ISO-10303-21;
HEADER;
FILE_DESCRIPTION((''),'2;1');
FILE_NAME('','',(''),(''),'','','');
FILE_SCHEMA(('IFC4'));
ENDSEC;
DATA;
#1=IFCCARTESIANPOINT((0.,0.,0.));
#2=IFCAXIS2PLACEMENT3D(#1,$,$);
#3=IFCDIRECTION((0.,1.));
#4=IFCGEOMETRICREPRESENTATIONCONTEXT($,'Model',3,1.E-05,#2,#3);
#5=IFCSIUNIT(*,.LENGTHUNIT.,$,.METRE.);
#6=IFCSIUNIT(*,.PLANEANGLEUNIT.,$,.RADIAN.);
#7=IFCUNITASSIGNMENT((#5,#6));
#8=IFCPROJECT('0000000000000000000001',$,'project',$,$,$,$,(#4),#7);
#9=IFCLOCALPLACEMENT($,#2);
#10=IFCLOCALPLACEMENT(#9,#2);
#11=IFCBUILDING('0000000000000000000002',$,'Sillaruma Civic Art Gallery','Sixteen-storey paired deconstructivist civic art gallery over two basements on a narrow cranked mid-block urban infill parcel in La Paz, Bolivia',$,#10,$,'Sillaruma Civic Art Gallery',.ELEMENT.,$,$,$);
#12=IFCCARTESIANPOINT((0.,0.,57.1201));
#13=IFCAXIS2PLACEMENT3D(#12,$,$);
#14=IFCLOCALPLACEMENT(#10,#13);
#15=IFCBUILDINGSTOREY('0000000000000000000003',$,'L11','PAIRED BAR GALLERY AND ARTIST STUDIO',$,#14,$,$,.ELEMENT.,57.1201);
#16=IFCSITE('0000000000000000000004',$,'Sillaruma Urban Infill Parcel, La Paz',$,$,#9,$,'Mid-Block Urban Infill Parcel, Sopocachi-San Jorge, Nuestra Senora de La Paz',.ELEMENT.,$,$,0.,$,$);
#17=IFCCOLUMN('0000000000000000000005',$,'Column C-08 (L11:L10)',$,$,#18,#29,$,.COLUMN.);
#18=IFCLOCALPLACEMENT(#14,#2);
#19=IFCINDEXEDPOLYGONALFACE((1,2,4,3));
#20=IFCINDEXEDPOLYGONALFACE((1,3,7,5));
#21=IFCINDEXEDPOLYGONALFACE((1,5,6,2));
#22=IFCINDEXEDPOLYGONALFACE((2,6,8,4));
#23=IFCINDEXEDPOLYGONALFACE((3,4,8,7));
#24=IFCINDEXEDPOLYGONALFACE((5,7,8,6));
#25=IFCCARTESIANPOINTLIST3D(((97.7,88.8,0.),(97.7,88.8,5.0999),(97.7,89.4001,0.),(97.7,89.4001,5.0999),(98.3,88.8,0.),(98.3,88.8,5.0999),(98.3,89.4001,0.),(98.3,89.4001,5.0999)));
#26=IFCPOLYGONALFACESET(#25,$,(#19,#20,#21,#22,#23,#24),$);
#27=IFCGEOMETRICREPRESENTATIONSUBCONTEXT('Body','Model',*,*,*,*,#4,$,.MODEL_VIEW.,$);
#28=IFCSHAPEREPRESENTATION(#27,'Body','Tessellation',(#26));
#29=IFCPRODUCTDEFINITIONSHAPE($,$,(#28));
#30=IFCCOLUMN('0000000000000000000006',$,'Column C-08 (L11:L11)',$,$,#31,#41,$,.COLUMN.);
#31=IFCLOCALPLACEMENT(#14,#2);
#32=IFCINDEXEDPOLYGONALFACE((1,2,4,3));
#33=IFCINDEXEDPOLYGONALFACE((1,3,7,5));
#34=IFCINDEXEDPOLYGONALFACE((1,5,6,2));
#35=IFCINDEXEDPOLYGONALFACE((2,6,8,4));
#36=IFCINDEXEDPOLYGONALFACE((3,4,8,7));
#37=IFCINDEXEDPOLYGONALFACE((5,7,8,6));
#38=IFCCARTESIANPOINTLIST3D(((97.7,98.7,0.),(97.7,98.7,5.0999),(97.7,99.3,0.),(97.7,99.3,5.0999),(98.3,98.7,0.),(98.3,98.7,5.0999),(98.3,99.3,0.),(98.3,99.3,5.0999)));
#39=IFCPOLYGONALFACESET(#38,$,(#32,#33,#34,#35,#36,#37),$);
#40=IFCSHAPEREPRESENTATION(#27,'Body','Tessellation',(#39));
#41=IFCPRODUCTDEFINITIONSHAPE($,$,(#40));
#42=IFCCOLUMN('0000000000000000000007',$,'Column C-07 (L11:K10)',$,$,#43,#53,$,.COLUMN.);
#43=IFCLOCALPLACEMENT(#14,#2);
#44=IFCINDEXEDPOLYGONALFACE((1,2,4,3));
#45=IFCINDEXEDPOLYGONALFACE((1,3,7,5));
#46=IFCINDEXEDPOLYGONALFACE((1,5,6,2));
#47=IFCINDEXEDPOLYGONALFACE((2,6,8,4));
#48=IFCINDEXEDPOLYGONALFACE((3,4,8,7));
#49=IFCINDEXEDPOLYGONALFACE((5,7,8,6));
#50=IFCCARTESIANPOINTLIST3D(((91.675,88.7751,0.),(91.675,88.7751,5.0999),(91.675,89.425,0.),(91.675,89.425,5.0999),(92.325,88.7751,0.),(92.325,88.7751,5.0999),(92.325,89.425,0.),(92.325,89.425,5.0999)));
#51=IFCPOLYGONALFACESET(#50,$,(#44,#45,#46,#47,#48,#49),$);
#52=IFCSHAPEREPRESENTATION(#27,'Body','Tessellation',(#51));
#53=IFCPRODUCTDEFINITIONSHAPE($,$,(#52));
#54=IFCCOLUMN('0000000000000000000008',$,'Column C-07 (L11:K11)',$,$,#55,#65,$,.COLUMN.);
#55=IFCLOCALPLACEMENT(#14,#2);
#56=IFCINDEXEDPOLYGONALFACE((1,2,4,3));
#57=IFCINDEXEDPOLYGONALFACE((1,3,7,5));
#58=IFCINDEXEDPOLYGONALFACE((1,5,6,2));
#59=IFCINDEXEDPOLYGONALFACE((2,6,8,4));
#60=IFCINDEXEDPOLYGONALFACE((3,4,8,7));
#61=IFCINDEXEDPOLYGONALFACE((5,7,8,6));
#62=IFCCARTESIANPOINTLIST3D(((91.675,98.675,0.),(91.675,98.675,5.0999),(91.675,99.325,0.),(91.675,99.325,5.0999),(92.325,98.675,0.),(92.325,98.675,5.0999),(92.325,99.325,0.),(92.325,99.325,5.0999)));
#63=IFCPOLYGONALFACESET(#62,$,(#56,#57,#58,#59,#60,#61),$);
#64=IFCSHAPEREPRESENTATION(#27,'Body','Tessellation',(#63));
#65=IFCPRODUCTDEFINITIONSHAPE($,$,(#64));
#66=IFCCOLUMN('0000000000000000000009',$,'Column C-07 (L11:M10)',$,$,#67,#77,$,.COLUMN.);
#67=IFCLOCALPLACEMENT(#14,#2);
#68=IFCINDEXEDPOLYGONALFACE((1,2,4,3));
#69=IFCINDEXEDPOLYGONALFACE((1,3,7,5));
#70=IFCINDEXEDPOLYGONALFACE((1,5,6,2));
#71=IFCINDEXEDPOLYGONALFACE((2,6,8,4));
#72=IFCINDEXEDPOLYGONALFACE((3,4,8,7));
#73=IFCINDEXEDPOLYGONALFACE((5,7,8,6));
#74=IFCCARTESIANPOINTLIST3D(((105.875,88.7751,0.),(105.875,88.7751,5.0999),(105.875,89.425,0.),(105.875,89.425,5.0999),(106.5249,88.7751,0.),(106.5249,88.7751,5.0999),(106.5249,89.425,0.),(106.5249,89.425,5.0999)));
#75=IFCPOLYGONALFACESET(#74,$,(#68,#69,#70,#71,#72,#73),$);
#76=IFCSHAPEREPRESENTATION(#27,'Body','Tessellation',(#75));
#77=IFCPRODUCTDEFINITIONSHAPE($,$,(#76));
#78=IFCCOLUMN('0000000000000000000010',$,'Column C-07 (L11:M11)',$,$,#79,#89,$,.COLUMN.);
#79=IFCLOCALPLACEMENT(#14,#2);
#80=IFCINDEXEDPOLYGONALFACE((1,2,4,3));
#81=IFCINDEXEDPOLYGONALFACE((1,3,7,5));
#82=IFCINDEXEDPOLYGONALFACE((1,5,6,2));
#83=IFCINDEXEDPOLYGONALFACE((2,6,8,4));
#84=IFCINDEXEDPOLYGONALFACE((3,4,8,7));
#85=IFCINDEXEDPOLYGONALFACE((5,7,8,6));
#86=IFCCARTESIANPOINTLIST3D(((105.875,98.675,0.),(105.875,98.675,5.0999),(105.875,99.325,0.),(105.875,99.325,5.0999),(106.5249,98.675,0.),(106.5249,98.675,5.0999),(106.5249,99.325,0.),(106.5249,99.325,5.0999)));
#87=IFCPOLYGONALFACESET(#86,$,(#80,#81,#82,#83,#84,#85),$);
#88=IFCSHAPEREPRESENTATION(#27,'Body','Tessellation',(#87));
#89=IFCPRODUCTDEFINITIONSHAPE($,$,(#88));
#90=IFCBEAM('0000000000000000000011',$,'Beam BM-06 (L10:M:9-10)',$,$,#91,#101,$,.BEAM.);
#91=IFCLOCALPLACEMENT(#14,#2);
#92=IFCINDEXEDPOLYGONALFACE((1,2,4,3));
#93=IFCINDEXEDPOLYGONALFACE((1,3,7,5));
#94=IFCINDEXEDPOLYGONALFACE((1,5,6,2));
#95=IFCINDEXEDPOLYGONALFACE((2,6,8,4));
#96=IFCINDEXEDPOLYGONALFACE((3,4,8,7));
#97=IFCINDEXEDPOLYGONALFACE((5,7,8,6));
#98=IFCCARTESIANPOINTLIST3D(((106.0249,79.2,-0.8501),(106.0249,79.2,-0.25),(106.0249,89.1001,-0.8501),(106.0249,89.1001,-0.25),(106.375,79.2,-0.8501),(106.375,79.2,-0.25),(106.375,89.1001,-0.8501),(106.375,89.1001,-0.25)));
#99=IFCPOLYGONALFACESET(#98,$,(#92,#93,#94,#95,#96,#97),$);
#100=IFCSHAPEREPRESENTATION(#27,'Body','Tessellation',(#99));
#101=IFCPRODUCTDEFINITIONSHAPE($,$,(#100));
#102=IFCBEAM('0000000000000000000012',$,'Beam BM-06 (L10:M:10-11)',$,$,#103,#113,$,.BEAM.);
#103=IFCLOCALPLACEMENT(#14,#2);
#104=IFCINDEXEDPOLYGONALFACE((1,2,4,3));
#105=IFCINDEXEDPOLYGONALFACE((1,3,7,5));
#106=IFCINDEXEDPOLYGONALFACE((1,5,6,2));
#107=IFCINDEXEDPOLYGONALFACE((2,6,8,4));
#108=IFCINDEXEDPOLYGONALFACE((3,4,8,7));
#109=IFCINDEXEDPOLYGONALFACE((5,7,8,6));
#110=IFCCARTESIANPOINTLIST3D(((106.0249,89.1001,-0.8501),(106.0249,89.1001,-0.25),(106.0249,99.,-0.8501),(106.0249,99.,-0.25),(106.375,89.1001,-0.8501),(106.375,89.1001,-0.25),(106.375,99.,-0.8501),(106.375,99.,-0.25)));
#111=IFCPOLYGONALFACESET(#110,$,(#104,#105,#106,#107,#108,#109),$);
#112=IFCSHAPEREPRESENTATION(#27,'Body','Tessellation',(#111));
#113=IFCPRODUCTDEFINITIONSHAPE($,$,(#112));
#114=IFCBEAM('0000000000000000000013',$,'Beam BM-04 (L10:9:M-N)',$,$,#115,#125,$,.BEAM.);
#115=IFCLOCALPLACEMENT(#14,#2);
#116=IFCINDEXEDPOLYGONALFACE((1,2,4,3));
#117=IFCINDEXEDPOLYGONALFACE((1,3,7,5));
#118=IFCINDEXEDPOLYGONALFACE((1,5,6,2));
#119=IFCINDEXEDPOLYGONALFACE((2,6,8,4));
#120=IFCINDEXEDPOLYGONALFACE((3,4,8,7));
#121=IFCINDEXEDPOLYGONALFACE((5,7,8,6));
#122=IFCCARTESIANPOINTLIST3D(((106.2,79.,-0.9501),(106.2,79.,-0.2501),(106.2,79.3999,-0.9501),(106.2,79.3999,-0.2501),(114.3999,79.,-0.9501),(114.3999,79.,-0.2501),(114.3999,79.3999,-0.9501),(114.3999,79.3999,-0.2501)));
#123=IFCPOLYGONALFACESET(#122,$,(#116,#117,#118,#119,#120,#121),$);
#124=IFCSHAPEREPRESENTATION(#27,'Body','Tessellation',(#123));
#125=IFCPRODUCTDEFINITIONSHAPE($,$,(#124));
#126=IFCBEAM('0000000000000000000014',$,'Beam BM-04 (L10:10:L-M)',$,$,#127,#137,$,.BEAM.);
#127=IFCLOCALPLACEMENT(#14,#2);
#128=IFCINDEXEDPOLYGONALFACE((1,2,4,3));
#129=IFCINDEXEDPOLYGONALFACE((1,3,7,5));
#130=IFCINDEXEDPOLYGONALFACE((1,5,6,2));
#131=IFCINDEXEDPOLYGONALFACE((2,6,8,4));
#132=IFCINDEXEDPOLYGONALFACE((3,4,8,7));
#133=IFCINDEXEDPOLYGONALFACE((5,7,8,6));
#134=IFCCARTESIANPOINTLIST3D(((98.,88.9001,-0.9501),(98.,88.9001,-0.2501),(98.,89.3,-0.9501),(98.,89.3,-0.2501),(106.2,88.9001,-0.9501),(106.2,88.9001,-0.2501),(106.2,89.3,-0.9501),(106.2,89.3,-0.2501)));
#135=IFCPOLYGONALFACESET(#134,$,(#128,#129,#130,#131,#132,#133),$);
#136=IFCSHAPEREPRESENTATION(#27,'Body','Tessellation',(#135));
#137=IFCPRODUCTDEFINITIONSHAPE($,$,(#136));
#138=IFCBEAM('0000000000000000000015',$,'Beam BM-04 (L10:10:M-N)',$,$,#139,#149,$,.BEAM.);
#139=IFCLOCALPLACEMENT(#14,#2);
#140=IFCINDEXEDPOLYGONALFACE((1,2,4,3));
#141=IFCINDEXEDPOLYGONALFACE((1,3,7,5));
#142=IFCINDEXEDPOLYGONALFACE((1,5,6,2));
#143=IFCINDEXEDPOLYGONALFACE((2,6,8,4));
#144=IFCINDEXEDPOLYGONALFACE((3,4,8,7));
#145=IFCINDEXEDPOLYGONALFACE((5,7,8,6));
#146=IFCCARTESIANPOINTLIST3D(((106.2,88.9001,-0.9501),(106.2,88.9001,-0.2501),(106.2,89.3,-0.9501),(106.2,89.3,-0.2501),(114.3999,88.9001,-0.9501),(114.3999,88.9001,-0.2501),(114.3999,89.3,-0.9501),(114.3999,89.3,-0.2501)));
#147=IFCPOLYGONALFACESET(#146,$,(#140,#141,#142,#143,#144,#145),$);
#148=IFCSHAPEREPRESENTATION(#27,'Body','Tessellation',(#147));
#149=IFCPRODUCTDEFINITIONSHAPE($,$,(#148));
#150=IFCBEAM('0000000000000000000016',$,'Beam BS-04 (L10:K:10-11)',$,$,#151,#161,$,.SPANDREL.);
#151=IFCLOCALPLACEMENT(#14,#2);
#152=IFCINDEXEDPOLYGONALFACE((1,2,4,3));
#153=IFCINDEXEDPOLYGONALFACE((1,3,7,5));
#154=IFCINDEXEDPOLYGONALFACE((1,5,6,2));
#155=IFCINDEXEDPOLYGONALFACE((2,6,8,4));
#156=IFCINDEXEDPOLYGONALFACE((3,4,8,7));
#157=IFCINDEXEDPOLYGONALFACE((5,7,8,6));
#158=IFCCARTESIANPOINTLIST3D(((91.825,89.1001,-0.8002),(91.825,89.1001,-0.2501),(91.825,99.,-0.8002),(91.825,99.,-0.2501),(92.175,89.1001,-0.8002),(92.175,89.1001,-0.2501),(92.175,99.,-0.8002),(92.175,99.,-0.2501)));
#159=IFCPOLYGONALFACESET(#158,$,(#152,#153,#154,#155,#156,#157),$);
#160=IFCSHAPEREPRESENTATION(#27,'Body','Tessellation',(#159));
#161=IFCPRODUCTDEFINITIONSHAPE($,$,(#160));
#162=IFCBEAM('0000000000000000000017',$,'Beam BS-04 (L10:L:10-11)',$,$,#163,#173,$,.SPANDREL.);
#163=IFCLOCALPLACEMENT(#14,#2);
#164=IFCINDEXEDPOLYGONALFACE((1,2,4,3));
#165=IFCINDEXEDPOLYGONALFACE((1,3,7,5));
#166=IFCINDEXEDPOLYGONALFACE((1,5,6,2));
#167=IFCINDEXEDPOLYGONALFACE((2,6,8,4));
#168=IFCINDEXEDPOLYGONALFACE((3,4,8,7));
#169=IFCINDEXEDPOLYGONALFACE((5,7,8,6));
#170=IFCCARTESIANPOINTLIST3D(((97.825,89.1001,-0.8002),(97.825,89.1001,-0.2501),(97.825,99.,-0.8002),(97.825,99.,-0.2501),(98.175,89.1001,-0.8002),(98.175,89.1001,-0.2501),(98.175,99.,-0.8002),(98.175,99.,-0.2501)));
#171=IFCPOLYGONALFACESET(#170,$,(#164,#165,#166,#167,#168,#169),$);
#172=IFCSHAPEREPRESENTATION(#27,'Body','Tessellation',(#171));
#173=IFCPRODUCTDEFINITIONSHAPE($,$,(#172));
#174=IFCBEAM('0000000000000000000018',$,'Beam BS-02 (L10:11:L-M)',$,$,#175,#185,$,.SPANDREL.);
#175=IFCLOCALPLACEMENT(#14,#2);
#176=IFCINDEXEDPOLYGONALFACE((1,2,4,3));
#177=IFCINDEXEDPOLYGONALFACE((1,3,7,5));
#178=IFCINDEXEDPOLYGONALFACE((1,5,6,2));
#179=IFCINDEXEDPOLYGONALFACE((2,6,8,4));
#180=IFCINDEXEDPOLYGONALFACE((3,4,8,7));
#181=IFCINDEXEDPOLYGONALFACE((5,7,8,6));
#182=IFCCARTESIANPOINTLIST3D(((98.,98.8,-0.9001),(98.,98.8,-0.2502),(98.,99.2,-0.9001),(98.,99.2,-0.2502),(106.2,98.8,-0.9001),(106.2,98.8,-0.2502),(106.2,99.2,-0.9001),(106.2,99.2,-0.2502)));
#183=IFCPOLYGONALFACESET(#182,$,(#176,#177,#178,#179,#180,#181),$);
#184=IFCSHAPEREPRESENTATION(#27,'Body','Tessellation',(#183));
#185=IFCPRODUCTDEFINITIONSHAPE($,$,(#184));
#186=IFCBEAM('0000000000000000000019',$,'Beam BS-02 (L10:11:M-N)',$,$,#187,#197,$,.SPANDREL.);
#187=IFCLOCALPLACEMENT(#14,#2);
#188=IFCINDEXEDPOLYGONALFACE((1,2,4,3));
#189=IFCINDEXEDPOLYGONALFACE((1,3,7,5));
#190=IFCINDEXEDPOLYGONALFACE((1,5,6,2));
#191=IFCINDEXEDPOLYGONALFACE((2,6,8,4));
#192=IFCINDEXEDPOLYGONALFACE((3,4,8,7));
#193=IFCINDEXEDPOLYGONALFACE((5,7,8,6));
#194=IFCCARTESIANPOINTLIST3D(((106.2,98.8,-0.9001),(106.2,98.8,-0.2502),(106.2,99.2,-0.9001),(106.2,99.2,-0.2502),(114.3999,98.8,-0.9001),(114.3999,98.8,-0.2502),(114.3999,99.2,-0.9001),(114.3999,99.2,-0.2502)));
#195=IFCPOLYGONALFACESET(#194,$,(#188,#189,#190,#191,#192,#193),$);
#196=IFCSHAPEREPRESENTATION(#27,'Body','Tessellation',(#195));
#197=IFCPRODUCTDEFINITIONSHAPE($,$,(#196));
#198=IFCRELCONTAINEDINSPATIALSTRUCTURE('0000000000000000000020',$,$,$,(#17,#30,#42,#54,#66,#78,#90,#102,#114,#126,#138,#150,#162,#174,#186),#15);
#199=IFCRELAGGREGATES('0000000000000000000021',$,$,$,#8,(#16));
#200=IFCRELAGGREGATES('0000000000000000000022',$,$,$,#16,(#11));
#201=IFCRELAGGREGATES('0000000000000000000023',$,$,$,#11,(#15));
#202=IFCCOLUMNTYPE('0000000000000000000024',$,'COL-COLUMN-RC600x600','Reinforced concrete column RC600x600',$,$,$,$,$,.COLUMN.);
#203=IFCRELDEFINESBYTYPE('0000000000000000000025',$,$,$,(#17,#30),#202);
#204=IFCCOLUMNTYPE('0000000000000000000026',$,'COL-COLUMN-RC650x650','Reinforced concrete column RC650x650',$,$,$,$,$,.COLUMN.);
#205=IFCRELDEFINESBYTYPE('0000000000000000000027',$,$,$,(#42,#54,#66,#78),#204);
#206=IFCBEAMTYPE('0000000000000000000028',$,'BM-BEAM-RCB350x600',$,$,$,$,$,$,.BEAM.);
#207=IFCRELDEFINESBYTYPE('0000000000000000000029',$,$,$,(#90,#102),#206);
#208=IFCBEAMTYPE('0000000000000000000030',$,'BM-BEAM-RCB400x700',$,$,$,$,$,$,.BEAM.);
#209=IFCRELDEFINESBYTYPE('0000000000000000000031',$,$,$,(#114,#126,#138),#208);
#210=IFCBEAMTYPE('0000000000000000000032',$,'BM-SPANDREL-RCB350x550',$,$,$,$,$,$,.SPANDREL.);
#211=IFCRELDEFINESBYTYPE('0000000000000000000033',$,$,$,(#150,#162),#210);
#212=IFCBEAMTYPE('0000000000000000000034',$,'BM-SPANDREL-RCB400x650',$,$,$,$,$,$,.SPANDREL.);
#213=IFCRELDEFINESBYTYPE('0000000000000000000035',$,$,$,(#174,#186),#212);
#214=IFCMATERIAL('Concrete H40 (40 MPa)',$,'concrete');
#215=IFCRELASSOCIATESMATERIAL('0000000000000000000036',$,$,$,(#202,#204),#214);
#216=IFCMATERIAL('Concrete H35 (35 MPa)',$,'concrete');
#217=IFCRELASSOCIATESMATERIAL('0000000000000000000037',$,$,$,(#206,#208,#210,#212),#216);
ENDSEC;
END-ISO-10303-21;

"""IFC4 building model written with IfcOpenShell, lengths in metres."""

from ifc_helpers import new_model, si_unit, direction, frame, origin, origin_2d, place, context, subcontext, project, spatial, rectangle, extrude, material, material_profile, profile_set, type_object, element, save


model = new_model("IFC4")

# Units and contexts
model_context = context("Model", 3, precision=1e-05, world=origin(), true_north=direction((0.0, 1.0)))
body_context = subcontext(model_context, "Body", "Model", "MODEL_VIEW")
ifc_project = project(units=[si_unit("LENGTHUNIT", "METRE"), si_unit("PLANEANGLEUNIT", "RADIAN")], contexts=[model_context])

# Site, building, storey
site_placement = place(None, origin())
site = spatial("IfcSite", under=ifc_project, at=site_placement, Name="Sillaruma Urban Infill Parcel, La Paz", LongName="Mid-Block Urban Infill Parcel, Sopocachi-San Jorge, Nuestra Senora de La Paz", CompositionType="ELEMENT", RefElevation=0.0)
building_placement = place(site_placement, origin())
building = spatial("IfcBuilding", under=site, at=building_placement, Name="Sillaruma Civic Art Gallery", Description="Sixteen-storey paired deconstructivist civic art gallery over two basements on a narrow cranked mid-block urban infill parcel in La Paz, Bolivia", LongName="Sillaruma Civic Art Gallery", CompositionType="ELEMENT")
storey_placement = place(building_placement, frame((0.0, 0.0, 57.1201)))
storey = spatial("IfcBuildingStorey", under=building, at=storey_placement, Name="L11", Description="PAIRED BAR GALLERY AND ARTIST STUDIO", CompositionType="ELEMENT", Elevation=57.1201)

# Columns
ifc_material_1 = material(Name="Concrete H40 (40 MPa)", Category="concrete")
ifc_material_profile_1 = material_profile(ifc_material_1, rectangle(XDim=0.6001, YDim=0.6001, at=origin_2d()), Name="RC600x600")
ifc_profile_set_1 = profile_set([ifc_material_profile_1], Name="Concrete H40 (40 MPa)")
column_type_1 = type_object("IfcColumnType", Name="COL-COLUMN-RC600x600", Description="Reinforced concrete column RC600x600", PredefinedType="COLUMN", material=ifc_profile_set_1)
for number, where, z_axis, x_axis, name in (
    (1, (98.0, 89.1001, 0.0), (0.0, 0.0, 1.0), (1.0, 0.0, 0.0), "Column C-08 (L11:L10)"),
    (2, (98.0, 99.0, 0.0), (0.0, 0.0, 1.0), (1.0, 0.0, 0.0), "Column C-08 (L11:L11)"),
):
    element("IfcColumn", number, at=place(storey_placement, frame(where, z_axis=z_axis, x_axis=x_axis)), inside=storey, type_object=column_type_1, Name=name, PredefinedType="COLUMN", context=body_context, shape_type="SweptSolid", body=[
        extrude(rectangle(XDim=0.6001, YDim=0.6001, at=origin_2d()), origin(), (0.0, 0.0, 1.0), 5.0999),
    ])
ifc_material_profile_2 = material_profile(ifc_material_1, rectangle(XDim=0.6499, YDim=0.6499, at=origin_2d()), Name="RC650x650")
ifc_profile_set_2 = profile_set([ifc_material_profile_2], Name="Concrete H40 (40 MPa)")
column_type_2 = type_object("IfcColumnType", Name="COL-COLUMN-RC650x650", Description="Reinforced concrete column RC650x650", PredefinedType="COLUMN", material=ifc_profile_set_2)
for number, where, z_axis, x_axis, name in (
    (3, (92.0, 89.1001, 0.0), (0.0, 0.0, 1.0), (1.0, 0.0, 0.0), "Column C-07 (L11:K10)"),
    (4, (92.0, 99.0, 0.0), (0.0, 0.0, 1.0), (1.0, 0.0, 0.0), "Column C-07 (L11:K11)"),
    (5, (106.2, 89.1001, 0.0), (0.0, 0.0, 1.0), (1.0, 0.0, 0.0), "Column C-07 (L11:M10)"),
    (6, (106.2, 99.0, 0.0), (0.0, 0.0, 1.0), (1.0, 0.0, 0.0), "Column C-07 (L11:M11)"),
):
    element("IfcColumn", number, at=place(storey_placement, frame(where, z_axis=z_axis, x_axis=x_axis)), inside=storey, type_object=column_type_2, Name=name, PredefinedType="COLUMN", context=body_context, shape_type="SweptSolid", body=[
        extrude(rectangle(XDim=0.6499, YDim=0.6499, at=origin_2d()), origin(), (0.0, 0.0, 1.0), 5.0999),
    ])

# Beams
ifc_material_2 = material(Name="Concrete H35 (35 MPa)", Category="concrete")
ifc_material_profile_3 = material_profile(ifc_material_2, rectangle(XDim=0.3501, YDim=0.6001, at=origin_2d()), Name="RCB350x600")
ifc_profile_set_3 = profile_set([ifc_material_profile_3], Name="Concrete H35 (35 MPa)")
beam_type_1 = type_object("IfcBeamType", Name="BM-BEAM-RCB350x600", PredefinedType="BEAM", material=ifc_profile_set_3)
beam_1_placement = place(storey_placement, frame((106.2, 79.2, -0.55), z_axis=(0.0, 1.0, 0.0), x_axis=(-1.0, 0.0, 0.0)))
element("IfcBeam", 7, at=beam_1_placement, inside=storey, type_object=beam_type_1, Name="Beam BM-06 (L10:M:9-10)", PredefinedType="BEAM", context=body_context, shape_type="SweptSolid", body=[
    extrude(rectangle(XDim=0.3501, YDim=0.6001, at=origin_2d()), origin(), (0.0, 0.0, 1.0), 9.9001),
])
beam_2_placement = place(storey_placement, frame((106.2, 89.1001, -0.55), z_axis=(0.0, 1.0, 0.0), x_axis=(-1.0, 0.0, 0.0)))
element("IfcBeam", 8, at=beam_2_placement, inside=storey, type_object=beam_type_1, Name="Beam BM-06 (L10:M:10-11)", PredefinedType="BEAM", context=body_context, shape_type="SweptSolid", body=[
    extrude(rectangle(XDim=0.3501, YDim=0.6001, at=origin_2d()), origin(), (0.0, 0.0, 1.0), 9.8999),
])
ifc_material_profile_4 = material_profile(ifc_material_2, rectangle(XDim=0.3999, YDim=0.7, at=origin_2d()), Name="RCB400x700")
ifc_profile_set_4 = profile_set([ifc_material_profile_4], Name="Concrete H35 (35 MPa)")
beam_type_2 = type_object("IfcBeamType", Name="BM-BEAM-RCB400x700", PredefinedType="BEAM", material=ifc_profile_set_4)
for number, where, z_axis, x_axis, name in (
    (9, (106.2, 79.2, -0.6001), (1.0, 0.0, 0.0), (0.0, 1.0, 0.0), "Beam BM-04 (L10:9:M-N)"),
    (10, (98.0, 89.1001, -0.6001), (1.0, 0.0, 0.0), (0.0, 1.0, 0.0), "Beam BM-04 (L10:10:L-M)"),
    (11, (106.2, 89.1001, -0.6001), (1.0, 0.0, 0.0), (0.0, 1.0, 0.0), "Beam BM-04 (L10:10:M-N)"),
):
    element("IfcBeam", number, at=place(storey_placement, frame(where, z_axis=z_axis, x_axis=x_axis)), inside=storey, type_object=beam_type_2, Name=name, PredefinedType="BEAM", context=body_context, shape_type="SweptSolid", body=[
        extrude(rectangle(XDim=0.3999, YDim=0.7, at=origin_2d()), origin(), (0.0, 0.0, 1.0), 8.2),
    ])
ifc_material_profile_5 = material_profile(ifc_material_2, rectangle(XDim=0.3501, YDim=0.55, at=origin_2d()), Name="RCB350x550")
ifc_profile_set_5 = profile_set([ifc_material_profile_5], Name="Concrete H35 (35 MPa)")
beam_type_3 = type_object("IfcBeamType", Name="BM-SPANDREL-RCB350x550", PredefinedType="SPANDREL", material=ifc_profile_set_5)
for number, where, z_axis, x_axis, name in (
    (12, (92.0, 89.1001, -0.5251), (0.0, 1.0, 0.0), (-1.0, 0.0, 0.0), "Beam BS-04 (L10:K:10-11)"),
    (13, (98.0, 89.1001, -0.5251), (0.0, 1.0, 0.0), (-1.0, 0.0, 0.0), "Beam BS-04 (L10:L:10-11)"),
):
    element("IfcBeam", number, at=place(storey_placement, frame(where, z_axis=z_axis, x_axis=x_axis)), inside=storey, type_object=beam_type_3, Name=name, PredefinedType="SPANDREL", context=body_context, shape_type="SweptSolid", body=[
        extrude(rectangle(XDim=0.3501, YDim=0.55, at=origin_2d()), origin(), (0.0, 0.0, 1.0), 9.8999),
    ])
ifc_material_profile_6 = material_profile(ifc_material_2, rectangle(XDim=0.3999, YDim=0.6499, at=origin_2d()), Name="RCB400x650")
ifc_profile_set_6 = profile_set([ifc_material_profile_6], Name="Concrete H35 (35 MPa)")
beam_type_4 = type_object("IfcBeamType", Name="BM-SPANDREL-RCB400x650", PredefinedType="SPANDREL", material=ifc_profile_set_6)
for number, where, z_axis, x_axis, name in (
    (14, (98.0, 99.0, -0.5752), (1.0, 0.0, 0.0), (0.0, 1.0, 0.0), "Beam BS-02 (L10:11:L-M)"),
    (15, (106.2, 99.0, -0.5752), (1.0, 0.0, 0.0), (0.0, 1.0, 0.0), "Beam BS-02 (L10:11:M-N)"),
):
    element("IfcBeam", number, at=place(storey_placement, frame(where, z_axis=z_axis, x_axis=x_axis)), inside=storey, type_object=beam_type_4, Name=name, PredefinedType="SPANDREL", context=body_context, shape_type="SweptSolid", body=[
        extrude(rectangle(XDim=0.3999, YDim=0.6499, at=origin_2d()), origin(), (0.0, 0.0, 1.0), 8.2),
    ])

save(model, "model.ifc")
